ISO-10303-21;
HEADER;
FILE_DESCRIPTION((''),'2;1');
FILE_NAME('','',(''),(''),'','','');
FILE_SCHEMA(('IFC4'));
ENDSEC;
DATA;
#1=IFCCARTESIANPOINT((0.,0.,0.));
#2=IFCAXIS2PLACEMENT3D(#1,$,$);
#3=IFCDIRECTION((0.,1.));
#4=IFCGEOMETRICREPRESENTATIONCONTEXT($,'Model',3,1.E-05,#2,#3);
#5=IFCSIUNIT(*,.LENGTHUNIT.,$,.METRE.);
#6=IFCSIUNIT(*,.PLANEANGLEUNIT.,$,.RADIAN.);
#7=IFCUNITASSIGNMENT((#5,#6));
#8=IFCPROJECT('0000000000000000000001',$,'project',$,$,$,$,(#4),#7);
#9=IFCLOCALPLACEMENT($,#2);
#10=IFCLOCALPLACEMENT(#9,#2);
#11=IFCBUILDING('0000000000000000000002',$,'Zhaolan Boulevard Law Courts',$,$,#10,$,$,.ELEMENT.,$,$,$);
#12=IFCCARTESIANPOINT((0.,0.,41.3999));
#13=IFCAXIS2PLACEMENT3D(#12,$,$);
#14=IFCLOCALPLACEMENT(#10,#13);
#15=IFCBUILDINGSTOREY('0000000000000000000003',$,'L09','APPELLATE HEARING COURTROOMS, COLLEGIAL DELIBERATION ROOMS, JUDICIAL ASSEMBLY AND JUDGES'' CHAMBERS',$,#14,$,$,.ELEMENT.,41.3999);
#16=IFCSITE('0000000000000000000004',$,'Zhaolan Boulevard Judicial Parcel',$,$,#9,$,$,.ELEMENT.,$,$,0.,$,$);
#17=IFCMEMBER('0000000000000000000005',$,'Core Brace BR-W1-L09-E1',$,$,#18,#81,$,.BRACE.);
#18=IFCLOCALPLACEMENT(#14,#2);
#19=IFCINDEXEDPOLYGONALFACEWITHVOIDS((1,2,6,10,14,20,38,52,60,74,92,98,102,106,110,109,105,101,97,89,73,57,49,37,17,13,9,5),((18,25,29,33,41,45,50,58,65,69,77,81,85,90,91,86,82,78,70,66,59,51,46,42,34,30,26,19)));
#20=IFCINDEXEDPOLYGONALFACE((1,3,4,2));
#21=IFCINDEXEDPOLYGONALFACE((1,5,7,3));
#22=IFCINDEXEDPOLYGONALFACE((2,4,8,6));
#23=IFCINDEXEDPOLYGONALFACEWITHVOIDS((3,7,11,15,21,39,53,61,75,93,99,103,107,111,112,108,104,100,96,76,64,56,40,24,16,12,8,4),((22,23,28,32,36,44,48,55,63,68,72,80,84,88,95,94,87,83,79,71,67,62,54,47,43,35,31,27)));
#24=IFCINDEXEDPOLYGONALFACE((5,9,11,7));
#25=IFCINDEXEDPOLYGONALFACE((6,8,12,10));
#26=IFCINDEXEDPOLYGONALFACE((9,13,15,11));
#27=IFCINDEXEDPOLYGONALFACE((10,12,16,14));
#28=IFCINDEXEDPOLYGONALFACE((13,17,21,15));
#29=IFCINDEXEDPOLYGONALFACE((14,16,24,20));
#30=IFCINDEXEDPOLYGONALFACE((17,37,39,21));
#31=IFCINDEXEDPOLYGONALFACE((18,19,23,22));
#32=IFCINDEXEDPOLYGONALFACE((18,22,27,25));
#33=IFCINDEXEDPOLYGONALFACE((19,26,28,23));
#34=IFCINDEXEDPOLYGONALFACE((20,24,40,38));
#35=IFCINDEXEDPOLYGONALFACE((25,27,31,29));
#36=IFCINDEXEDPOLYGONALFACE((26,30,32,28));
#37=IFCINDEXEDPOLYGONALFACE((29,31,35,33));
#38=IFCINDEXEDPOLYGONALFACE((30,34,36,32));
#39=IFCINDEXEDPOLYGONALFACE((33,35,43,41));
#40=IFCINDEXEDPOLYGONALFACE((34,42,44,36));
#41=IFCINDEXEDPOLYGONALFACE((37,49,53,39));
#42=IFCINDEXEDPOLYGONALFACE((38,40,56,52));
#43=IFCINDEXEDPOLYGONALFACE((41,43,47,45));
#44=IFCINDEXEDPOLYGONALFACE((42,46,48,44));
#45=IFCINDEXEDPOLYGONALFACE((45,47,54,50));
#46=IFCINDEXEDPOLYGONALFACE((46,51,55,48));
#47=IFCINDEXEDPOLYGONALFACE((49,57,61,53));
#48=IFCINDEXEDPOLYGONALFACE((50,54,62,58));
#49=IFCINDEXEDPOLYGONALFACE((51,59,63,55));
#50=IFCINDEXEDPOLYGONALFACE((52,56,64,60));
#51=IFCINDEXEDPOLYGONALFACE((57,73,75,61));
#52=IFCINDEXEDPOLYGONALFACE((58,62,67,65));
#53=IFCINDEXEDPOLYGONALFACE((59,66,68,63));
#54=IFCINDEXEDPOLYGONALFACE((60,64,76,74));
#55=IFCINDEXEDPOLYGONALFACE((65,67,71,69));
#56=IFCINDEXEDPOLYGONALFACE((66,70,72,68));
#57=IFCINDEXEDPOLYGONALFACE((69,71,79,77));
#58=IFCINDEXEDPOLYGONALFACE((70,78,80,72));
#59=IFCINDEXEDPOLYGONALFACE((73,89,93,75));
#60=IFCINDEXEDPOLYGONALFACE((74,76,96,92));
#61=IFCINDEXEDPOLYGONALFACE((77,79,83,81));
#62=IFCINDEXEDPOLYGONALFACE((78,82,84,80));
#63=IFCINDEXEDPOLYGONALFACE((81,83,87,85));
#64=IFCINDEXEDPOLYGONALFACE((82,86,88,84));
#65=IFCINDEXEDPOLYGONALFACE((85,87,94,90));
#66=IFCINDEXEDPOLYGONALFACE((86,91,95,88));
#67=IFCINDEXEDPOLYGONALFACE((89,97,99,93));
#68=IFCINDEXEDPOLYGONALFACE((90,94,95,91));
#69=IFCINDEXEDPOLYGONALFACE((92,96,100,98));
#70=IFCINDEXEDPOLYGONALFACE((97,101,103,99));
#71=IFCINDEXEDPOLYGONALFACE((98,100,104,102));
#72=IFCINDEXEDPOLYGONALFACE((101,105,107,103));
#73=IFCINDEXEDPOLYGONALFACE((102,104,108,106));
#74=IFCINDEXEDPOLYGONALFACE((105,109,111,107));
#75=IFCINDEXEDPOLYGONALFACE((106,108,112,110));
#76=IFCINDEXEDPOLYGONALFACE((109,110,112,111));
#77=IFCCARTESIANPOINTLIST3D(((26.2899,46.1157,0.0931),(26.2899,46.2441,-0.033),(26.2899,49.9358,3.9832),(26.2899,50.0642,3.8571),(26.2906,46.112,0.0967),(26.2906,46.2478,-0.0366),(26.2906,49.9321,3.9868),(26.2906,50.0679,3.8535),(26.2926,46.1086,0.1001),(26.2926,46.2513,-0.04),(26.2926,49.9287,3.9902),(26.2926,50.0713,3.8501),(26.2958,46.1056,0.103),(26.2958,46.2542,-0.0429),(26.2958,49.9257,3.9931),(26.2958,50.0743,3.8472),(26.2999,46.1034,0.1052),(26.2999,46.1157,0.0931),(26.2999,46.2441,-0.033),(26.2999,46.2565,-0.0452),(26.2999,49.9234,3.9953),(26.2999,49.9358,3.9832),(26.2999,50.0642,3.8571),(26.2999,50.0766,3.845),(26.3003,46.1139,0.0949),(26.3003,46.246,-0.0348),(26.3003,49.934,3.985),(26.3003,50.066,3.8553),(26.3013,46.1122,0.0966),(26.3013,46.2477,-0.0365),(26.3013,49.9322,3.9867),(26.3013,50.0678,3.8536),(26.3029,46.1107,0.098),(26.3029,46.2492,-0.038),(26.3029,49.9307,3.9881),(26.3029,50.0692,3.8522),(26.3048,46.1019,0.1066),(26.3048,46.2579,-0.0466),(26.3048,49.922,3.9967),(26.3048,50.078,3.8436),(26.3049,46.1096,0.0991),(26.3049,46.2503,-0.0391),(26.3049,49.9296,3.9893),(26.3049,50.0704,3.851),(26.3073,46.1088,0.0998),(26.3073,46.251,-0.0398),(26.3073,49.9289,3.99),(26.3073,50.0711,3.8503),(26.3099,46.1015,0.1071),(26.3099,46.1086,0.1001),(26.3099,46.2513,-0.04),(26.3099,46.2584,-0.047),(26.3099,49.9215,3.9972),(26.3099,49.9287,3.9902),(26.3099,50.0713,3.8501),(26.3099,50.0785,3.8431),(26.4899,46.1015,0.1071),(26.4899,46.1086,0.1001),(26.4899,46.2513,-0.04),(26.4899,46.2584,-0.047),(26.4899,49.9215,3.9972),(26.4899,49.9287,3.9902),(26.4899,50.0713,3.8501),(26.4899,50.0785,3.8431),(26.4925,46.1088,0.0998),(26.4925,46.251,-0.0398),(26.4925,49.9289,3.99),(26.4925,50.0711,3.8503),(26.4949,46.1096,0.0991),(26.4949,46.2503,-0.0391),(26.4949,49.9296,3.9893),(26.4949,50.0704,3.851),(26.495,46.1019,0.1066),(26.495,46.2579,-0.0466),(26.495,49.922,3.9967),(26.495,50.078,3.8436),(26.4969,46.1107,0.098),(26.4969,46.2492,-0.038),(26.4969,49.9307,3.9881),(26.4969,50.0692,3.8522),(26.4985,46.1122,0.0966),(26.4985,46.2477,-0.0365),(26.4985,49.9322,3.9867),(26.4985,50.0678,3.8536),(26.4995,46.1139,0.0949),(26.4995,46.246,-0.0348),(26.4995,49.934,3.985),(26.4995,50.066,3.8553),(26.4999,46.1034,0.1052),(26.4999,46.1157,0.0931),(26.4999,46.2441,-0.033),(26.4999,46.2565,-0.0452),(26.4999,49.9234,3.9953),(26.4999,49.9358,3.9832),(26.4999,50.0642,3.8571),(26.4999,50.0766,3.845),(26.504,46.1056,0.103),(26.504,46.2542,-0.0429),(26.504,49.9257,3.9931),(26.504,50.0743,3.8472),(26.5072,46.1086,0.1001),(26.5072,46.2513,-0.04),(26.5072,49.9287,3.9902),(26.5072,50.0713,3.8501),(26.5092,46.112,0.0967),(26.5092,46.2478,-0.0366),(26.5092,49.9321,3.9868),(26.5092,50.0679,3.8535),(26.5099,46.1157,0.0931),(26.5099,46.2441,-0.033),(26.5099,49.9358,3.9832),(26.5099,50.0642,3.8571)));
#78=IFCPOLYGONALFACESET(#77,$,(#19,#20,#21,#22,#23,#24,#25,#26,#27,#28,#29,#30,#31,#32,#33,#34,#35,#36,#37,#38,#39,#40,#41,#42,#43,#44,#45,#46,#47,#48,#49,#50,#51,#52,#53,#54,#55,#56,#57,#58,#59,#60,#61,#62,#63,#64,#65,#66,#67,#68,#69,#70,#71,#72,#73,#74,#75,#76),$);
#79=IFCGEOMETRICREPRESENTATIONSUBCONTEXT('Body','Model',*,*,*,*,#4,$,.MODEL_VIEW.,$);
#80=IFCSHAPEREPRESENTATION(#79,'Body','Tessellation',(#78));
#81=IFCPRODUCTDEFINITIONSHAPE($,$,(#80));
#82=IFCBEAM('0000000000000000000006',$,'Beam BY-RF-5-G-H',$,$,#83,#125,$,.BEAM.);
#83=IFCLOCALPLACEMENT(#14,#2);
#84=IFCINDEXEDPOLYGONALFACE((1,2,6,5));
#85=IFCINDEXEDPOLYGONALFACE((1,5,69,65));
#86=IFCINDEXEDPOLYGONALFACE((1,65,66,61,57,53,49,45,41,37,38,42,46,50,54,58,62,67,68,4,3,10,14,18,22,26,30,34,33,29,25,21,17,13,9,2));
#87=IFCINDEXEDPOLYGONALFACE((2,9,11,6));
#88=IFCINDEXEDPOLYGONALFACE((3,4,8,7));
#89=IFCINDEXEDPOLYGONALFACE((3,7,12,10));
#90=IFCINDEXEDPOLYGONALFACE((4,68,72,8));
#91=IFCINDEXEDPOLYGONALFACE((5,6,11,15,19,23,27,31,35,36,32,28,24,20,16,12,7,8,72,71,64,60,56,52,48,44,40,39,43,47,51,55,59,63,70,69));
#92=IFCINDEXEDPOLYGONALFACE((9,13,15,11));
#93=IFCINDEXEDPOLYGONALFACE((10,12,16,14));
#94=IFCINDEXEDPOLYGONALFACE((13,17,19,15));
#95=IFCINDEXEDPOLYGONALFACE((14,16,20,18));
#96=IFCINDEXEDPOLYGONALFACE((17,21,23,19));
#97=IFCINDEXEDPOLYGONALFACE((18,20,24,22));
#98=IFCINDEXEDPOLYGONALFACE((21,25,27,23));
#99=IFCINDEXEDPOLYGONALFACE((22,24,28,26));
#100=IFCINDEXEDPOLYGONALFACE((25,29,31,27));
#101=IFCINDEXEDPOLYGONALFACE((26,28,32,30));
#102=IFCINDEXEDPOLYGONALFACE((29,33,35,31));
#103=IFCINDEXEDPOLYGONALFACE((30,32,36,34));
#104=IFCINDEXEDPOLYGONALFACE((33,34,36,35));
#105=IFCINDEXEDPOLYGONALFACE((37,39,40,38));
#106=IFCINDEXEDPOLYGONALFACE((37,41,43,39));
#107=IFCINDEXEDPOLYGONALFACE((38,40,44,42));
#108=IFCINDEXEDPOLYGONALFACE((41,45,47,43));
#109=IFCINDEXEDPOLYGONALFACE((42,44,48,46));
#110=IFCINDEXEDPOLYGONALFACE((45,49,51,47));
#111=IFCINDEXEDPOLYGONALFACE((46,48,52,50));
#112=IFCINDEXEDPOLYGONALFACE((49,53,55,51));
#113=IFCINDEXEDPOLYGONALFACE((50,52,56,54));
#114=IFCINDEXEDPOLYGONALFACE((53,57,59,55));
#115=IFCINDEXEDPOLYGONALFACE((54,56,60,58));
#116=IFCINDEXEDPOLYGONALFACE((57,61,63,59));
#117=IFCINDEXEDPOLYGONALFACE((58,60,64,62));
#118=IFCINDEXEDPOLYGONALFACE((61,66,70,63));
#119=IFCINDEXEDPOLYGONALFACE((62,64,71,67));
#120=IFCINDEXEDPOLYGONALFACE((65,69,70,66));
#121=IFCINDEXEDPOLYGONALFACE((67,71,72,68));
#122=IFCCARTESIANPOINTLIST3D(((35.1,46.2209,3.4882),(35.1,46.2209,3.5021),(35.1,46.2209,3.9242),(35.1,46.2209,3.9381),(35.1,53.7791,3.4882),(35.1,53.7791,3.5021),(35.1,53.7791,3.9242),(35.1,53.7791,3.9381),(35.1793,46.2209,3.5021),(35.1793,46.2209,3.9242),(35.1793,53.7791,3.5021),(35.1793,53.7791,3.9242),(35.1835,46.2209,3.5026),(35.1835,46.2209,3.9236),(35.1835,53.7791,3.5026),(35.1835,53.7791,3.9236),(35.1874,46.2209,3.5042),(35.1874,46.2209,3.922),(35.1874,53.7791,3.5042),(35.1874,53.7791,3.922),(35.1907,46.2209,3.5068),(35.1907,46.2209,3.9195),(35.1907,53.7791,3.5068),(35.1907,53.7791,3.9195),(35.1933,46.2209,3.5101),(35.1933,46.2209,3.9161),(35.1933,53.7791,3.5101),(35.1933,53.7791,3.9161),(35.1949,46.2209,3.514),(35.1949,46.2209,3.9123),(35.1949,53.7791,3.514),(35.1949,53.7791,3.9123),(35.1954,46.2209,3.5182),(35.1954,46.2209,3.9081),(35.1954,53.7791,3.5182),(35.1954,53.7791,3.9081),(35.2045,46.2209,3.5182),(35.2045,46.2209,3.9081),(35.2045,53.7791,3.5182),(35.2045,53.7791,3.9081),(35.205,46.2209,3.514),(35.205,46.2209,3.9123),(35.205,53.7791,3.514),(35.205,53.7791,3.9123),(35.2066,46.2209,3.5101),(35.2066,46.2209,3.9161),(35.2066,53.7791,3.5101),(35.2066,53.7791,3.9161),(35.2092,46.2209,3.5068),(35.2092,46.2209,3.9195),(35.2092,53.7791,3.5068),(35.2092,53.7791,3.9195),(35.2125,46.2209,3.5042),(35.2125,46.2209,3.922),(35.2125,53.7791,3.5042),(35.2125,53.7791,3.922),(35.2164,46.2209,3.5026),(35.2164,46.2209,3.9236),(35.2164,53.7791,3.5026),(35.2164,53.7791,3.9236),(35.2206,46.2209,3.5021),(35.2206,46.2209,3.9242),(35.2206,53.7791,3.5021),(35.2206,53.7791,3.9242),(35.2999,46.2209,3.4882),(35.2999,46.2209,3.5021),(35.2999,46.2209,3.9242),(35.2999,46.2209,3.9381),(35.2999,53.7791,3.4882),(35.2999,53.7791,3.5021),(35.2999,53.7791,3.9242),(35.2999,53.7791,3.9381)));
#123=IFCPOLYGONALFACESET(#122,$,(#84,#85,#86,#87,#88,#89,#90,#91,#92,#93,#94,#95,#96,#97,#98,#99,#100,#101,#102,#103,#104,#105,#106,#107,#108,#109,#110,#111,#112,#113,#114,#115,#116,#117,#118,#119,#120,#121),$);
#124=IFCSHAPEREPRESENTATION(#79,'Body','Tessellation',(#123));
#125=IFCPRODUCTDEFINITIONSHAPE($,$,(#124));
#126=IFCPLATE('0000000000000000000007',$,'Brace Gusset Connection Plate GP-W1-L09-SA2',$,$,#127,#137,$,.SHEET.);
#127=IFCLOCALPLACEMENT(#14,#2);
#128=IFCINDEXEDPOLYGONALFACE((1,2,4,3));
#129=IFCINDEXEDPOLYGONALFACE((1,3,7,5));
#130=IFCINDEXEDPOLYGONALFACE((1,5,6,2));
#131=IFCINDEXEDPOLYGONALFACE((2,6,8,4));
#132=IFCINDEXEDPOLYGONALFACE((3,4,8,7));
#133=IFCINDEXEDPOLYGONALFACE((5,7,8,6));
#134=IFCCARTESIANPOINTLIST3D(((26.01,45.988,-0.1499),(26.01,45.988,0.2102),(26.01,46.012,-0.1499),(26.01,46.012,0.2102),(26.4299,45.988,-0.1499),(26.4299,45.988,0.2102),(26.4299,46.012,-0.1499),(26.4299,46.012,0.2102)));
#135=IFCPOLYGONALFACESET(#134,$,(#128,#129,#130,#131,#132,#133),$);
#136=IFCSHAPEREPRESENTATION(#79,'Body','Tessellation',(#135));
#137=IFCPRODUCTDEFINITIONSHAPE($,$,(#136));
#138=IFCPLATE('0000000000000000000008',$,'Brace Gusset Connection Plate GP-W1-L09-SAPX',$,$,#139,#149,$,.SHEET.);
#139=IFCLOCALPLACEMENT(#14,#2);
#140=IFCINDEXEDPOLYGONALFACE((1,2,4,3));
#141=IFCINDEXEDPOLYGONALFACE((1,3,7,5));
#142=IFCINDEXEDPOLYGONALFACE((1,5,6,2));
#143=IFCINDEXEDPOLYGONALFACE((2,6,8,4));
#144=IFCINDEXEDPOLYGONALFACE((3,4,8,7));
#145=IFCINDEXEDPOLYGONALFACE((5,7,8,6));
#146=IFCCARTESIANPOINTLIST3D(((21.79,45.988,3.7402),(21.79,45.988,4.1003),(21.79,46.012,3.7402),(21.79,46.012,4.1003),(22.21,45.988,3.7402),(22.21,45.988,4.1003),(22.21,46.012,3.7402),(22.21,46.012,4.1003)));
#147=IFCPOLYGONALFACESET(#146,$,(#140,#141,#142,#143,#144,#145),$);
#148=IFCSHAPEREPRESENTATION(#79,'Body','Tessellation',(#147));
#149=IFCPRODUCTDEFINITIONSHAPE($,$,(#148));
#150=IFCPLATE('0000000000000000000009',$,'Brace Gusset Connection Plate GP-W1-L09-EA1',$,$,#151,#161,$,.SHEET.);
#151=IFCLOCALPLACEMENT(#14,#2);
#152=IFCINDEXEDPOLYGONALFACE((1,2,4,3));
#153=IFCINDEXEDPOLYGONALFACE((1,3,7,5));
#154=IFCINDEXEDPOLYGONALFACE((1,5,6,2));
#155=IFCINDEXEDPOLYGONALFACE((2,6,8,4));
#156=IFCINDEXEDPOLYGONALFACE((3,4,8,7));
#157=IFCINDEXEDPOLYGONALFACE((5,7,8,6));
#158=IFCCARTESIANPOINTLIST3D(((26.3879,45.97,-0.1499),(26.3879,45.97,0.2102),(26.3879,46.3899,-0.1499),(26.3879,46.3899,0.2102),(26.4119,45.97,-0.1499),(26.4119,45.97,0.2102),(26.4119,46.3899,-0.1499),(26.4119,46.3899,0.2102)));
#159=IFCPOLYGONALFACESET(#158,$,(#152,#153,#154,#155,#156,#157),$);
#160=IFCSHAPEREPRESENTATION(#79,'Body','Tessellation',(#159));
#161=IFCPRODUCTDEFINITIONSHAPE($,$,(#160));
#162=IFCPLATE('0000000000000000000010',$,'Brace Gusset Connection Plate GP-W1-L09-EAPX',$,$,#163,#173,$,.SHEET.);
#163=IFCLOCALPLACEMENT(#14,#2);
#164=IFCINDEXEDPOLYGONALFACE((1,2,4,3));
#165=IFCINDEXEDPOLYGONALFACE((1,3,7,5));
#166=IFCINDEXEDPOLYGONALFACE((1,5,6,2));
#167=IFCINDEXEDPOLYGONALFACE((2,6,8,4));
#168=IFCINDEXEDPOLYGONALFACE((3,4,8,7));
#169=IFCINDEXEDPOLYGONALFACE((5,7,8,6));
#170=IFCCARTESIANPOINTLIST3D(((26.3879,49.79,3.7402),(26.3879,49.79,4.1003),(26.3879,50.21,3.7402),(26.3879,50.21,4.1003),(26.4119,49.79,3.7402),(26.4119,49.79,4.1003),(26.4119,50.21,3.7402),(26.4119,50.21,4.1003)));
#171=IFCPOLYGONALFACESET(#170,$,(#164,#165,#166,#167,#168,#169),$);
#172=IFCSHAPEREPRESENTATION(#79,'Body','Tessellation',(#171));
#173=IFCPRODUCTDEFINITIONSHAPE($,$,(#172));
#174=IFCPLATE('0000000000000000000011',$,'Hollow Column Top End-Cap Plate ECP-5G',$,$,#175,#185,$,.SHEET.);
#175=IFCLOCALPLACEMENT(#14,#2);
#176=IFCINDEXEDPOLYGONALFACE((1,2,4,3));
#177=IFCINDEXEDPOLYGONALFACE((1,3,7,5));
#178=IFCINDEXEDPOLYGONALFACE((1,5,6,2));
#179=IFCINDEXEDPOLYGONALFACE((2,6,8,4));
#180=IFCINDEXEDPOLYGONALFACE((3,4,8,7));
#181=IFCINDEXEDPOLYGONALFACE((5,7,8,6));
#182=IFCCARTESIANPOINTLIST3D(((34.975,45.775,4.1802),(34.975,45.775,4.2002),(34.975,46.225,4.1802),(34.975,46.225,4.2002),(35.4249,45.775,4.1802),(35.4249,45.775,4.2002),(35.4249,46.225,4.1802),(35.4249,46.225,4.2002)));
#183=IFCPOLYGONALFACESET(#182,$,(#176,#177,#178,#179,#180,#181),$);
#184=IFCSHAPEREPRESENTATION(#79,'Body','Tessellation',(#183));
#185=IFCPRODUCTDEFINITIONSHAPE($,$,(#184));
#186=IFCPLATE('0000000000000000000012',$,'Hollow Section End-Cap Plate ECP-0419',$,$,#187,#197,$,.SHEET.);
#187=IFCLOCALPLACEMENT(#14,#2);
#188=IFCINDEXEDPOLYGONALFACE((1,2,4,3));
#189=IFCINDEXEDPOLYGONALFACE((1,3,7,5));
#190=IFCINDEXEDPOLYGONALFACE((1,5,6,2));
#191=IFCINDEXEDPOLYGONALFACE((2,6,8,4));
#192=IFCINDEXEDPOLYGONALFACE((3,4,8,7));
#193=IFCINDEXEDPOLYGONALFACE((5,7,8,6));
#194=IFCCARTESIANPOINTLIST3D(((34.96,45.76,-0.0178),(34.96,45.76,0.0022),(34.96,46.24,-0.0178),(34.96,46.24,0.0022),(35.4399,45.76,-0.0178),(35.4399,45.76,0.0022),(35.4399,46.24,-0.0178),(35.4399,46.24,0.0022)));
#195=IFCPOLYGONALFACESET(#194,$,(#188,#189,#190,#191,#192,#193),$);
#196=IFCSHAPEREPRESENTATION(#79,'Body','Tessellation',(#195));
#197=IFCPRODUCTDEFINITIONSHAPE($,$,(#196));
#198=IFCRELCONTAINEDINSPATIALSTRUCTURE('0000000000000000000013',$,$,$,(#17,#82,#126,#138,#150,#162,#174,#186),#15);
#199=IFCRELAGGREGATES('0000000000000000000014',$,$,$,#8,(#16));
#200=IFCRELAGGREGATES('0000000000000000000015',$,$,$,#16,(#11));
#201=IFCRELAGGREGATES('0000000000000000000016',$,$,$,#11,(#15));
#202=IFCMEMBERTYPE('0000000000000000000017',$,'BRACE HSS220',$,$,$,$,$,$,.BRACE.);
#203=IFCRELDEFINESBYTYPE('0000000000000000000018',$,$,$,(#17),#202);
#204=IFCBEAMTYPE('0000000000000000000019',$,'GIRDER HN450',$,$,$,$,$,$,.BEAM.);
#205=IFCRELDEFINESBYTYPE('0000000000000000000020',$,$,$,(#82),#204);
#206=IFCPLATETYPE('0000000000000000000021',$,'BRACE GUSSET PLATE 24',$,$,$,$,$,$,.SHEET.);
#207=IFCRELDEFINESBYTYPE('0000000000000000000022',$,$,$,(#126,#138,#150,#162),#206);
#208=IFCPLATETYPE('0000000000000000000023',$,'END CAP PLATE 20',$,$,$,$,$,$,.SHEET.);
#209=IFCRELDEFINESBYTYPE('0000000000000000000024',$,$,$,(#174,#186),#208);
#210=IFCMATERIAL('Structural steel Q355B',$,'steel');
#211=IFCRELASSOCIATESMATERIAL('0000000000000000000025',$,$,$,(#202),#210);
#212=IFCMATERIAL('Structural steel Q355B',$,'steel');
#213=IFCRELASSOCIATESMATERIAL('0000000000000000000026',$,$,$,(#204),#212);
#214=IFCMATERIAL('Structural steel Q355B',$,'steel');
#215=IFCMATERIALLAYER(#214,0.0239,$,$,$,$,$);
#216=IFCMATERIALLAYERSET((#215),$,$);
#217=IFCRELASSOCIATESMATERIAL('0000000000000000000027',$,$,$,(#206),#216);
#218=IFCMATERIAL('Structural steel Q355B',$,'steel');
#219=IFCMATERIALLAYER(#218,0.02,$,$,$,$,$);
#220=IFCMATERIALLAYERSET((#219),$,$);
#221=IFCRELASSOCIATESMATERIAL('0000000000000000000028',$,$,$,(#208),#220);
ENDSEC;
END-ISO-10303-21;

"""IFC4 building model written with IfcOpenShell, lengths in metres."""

from ifc_helpers import new_model, si_unit, direction, frame, origin, origin_2d, place, context, subcontext, project, spatial, rectangle, hollow_rectangle, i_section, extrude, material, layer, layer_set, material_profile, profile_set, type_object, element, save


model = new_model("IFC4")

# Units and contexts
model_context = context("Model", 3, precision=1e-05, world=origin(), true_north=direction((0.0, 1.0)))
body_context = subcontext(model_context, "Body", "Model", "MODEL_VIEW")
ifc_project = project(units=[si_unit("LENGTHUNIT", "METRE"), si_unit("PLANEANGLEUNIT", "RADIAN")], contexts=[model_context])

# Site, building, storey
site_placement = place(None, origin())
site = spatial("IfcSite", under=ifc_project, at=site_placement, Name="Zhaolan Boulevard Judicial Parcel", CompositionType="ELEMENT", RefElevation=0.0)
building_placement = place(site_placement, origin())
building = spatial("IfcBuilding", under=site, at=building_placement, Name="Zhaolan Boulevard Law Courts", CompositionType="ELEMENT")
storey_placement = place(building_placement, frame((0.0, 0.0, 41.3999)))
storey = spatial("IfcBuildingStorey", under=building, at=storey_placement, Name="L09", Description="APPELLATE HEARING COURTROOMS, COLLEGIAL DELIBERATION ROOMS, JUDICIAL ASSEMBLY AND JUDGES' CHAMBERS", CompositionType="ELEMENT", Elevation=41.3999)

# Member
ifc_material_1 = material(Name="Structural steel Q355B", Category="steel")
ifc_material_profile_1 = material_profile(ifc_material_1, hollow_rectangle(XDim=0.22, YDim=0.22, WallThickness=0.01, InnerFilletRadius=0.01, OuterFilletRadius=0.02, at=origin_2d()), Name="HSS220x220x10")
ifc_profile_set_1 = profile_set([ifc_material_profile_1], Name="Structural steel Q355B")
member_type = type_object("IfcMemberType", Name="BRACE HSS220", PredefinedType="BRACE", material=ifc_profile_set_1)
member_1_placement = place(storey_placement, frame((26.3999, 46.1799, 0.03), z_axis=(0.0, 0.700652, 0.713503), x_axis=(-1.0, 0.0, 0.0)))
element("IfcMember", 1, at=member_1_placement, inside=storey, type_object=member_type, Name="Core Brace BR-W1-L09-E1", PredefinedType="BRACE", context=body_context, shape_type="SweptSolid", body=[
    extrude(hollow_rectangle(XDim=0.22, YDim=0.22, WallThickness=0.01, InnerFilletRadius=0.01, OuterFilletRadius=0.02, at=origin_2d()), origin(), (0.0, 0.0, 1.0), 5.4521),
])

# Beam
ifc_material_2 = material(Name="Structural steel Q355B", Category="steel")
ifc_material_profile_2 = material_profile(ifc_material_2, i_section(OverallWidth=0.2, OverallDepth=0.45, WebThickness=0.009, FlangeThickness=0.0139, FilletRadius=0.0161, at=origin_2d()), Name="HN450x200")
ifc_profile_set_2 = profile_set([ifc_material_profile_2], Name="Structural steel Q355B")
beam_type = type_object("IfcBeamType", Name="GIRDER HN450", PredefinedType="BEAM", material=ifc_profile_set_2)
beam_placement = place(storey_placement, frame((35.2, 46.2209, 3.7131), z_axis=(0.0, 1.0, 0.0), x_axis=(-1.0, 0.0, 0.0)))
element("IfcBeam", 2, at=beam_placement, inside=storey, type_object=beam_type, Name="Beam BY-RF-5-G-H", PredefinedType="BEAM", context=body_context, shape_type="SweptSolid", body=[
    extrude(i_section(OverallWidth=0.2, OverallDepth=0.45, WebThickness=0.009, FlangeThickness=0.0139, FilletRadius=0.0161, at=origin_2d()), origin(), (0.0, 0.0, 1.0), 7.5581),
])

# Plates
ifc_material_3 = material(Name="Structural steel Q355B", Category="steel")
ifc_layer_1 = layer(ifc_material_3, 0.0239)
ifc_layer_set_1 = layer_set([ifc_layer_1])
plate_type_1 = type_object("IfcPlateType", Name="BRACE GUSSET PLATE 24", PredefinedType="SHEET", material=ifc_layer_set_1)
for number, where, z_axis, x_axis, name in (
    (3, (26.22, 46.0, -0.1499), (0.0, 0.0, 1.0), (1.0, 0.0, 0.0), "Brace Gusset Connection Plate GP-W1-L09-SA2"),
    (4, (22.0, 46.0, 3.7402), (0.0, 0.0, 1.0), (1.0, 0.0, 0.0), "Brace Gusset Connection Plate GP-W1-L09-SAPX"),
    (5, (26.3999, 46.1799, -0.1499), (0.0, 0.0, 1.0), (0.0, 1.0, 0.0), "Brace Gusset Connection Plate GP-W1-L09-EA1"),
    (6, (26.3999, 50.0, 3.7402), (0.0, 0.0, 1.0), (0.0, 1.0, 0.0), "Brace Gusset Connection Plate GP-W1-L09-EAPX"),
):
    element("IfcPlate", number, at=place(storey_placement, frame(where, z_axis=z_axis, x_axis=x_axis)), inside=storey, type_object=plate_type_1, Name=name, PredefinedType="SHEET", context=body_context, shape_type="SweptSolid", body=[
        extrude(rectangle(XDim=0.4199, YDim=0.0239, at=origin_2d()), origin(), (0.0, 0.0, 1.0), 0.3601),
    ])
ifc_material_4 = material(Name="Structural steel Q355B", Category="steel")
ifc_layer_2 = layer(ifc_material_4, 0.02)
ifc_layer_set_2 = layer_set([ifc_layer_2])
plate_type_2 = type_object("IfcPlateType", Name="END CAP PLATE 20", PredefinedType="SHEET", material=ifc_layer_set_2)
plate_1_placement = place(storey_placement, frame((35.2, 46.0, 4.1802), z_axis=(0.0, 0.0, 1.0), x_axis=(1.0, 0.0, 0.0)))
element("IfcPlate", 7, at=plate_1_placement, inside=storey, type_object=plate_type_2, Name="Hollow Column Top End-Cap Plate ECP-5G", PredefinedType="SHEET", context=body_context, shape_type="SweptSolid", body=[
    extrude(rectangle(XDim=0.45, YDim=0.45, at=origin_2d()), origin(), (0.0, 0.0, 1.0), 0.02),
])
for number, where, z_axis, x_axis, name in (
    (8, (35.2, 46.0, -0.0178), (0.0, 0.0, 1.0), (1.0, 0.0, 0.0), "Hollow Section End-Cap Plate ECP-0419"),
):
    element("IfcPlate", number, at=place(storey_placement, frame(where, z_axis=z_axis, x_axis=x_axis)), inside=storey, type_object=plate_type_2, Name=name, PredefinedType="SHEET", context=body_context, shape_type="SweptSolid", body=[
        extrude(rectangle(XDim=0.48, YDim=0.48, at=origin_2d()), origin(), (0.0, 0.0, 1.0), 0.02),
    ])

save(model, "model.ifc")
